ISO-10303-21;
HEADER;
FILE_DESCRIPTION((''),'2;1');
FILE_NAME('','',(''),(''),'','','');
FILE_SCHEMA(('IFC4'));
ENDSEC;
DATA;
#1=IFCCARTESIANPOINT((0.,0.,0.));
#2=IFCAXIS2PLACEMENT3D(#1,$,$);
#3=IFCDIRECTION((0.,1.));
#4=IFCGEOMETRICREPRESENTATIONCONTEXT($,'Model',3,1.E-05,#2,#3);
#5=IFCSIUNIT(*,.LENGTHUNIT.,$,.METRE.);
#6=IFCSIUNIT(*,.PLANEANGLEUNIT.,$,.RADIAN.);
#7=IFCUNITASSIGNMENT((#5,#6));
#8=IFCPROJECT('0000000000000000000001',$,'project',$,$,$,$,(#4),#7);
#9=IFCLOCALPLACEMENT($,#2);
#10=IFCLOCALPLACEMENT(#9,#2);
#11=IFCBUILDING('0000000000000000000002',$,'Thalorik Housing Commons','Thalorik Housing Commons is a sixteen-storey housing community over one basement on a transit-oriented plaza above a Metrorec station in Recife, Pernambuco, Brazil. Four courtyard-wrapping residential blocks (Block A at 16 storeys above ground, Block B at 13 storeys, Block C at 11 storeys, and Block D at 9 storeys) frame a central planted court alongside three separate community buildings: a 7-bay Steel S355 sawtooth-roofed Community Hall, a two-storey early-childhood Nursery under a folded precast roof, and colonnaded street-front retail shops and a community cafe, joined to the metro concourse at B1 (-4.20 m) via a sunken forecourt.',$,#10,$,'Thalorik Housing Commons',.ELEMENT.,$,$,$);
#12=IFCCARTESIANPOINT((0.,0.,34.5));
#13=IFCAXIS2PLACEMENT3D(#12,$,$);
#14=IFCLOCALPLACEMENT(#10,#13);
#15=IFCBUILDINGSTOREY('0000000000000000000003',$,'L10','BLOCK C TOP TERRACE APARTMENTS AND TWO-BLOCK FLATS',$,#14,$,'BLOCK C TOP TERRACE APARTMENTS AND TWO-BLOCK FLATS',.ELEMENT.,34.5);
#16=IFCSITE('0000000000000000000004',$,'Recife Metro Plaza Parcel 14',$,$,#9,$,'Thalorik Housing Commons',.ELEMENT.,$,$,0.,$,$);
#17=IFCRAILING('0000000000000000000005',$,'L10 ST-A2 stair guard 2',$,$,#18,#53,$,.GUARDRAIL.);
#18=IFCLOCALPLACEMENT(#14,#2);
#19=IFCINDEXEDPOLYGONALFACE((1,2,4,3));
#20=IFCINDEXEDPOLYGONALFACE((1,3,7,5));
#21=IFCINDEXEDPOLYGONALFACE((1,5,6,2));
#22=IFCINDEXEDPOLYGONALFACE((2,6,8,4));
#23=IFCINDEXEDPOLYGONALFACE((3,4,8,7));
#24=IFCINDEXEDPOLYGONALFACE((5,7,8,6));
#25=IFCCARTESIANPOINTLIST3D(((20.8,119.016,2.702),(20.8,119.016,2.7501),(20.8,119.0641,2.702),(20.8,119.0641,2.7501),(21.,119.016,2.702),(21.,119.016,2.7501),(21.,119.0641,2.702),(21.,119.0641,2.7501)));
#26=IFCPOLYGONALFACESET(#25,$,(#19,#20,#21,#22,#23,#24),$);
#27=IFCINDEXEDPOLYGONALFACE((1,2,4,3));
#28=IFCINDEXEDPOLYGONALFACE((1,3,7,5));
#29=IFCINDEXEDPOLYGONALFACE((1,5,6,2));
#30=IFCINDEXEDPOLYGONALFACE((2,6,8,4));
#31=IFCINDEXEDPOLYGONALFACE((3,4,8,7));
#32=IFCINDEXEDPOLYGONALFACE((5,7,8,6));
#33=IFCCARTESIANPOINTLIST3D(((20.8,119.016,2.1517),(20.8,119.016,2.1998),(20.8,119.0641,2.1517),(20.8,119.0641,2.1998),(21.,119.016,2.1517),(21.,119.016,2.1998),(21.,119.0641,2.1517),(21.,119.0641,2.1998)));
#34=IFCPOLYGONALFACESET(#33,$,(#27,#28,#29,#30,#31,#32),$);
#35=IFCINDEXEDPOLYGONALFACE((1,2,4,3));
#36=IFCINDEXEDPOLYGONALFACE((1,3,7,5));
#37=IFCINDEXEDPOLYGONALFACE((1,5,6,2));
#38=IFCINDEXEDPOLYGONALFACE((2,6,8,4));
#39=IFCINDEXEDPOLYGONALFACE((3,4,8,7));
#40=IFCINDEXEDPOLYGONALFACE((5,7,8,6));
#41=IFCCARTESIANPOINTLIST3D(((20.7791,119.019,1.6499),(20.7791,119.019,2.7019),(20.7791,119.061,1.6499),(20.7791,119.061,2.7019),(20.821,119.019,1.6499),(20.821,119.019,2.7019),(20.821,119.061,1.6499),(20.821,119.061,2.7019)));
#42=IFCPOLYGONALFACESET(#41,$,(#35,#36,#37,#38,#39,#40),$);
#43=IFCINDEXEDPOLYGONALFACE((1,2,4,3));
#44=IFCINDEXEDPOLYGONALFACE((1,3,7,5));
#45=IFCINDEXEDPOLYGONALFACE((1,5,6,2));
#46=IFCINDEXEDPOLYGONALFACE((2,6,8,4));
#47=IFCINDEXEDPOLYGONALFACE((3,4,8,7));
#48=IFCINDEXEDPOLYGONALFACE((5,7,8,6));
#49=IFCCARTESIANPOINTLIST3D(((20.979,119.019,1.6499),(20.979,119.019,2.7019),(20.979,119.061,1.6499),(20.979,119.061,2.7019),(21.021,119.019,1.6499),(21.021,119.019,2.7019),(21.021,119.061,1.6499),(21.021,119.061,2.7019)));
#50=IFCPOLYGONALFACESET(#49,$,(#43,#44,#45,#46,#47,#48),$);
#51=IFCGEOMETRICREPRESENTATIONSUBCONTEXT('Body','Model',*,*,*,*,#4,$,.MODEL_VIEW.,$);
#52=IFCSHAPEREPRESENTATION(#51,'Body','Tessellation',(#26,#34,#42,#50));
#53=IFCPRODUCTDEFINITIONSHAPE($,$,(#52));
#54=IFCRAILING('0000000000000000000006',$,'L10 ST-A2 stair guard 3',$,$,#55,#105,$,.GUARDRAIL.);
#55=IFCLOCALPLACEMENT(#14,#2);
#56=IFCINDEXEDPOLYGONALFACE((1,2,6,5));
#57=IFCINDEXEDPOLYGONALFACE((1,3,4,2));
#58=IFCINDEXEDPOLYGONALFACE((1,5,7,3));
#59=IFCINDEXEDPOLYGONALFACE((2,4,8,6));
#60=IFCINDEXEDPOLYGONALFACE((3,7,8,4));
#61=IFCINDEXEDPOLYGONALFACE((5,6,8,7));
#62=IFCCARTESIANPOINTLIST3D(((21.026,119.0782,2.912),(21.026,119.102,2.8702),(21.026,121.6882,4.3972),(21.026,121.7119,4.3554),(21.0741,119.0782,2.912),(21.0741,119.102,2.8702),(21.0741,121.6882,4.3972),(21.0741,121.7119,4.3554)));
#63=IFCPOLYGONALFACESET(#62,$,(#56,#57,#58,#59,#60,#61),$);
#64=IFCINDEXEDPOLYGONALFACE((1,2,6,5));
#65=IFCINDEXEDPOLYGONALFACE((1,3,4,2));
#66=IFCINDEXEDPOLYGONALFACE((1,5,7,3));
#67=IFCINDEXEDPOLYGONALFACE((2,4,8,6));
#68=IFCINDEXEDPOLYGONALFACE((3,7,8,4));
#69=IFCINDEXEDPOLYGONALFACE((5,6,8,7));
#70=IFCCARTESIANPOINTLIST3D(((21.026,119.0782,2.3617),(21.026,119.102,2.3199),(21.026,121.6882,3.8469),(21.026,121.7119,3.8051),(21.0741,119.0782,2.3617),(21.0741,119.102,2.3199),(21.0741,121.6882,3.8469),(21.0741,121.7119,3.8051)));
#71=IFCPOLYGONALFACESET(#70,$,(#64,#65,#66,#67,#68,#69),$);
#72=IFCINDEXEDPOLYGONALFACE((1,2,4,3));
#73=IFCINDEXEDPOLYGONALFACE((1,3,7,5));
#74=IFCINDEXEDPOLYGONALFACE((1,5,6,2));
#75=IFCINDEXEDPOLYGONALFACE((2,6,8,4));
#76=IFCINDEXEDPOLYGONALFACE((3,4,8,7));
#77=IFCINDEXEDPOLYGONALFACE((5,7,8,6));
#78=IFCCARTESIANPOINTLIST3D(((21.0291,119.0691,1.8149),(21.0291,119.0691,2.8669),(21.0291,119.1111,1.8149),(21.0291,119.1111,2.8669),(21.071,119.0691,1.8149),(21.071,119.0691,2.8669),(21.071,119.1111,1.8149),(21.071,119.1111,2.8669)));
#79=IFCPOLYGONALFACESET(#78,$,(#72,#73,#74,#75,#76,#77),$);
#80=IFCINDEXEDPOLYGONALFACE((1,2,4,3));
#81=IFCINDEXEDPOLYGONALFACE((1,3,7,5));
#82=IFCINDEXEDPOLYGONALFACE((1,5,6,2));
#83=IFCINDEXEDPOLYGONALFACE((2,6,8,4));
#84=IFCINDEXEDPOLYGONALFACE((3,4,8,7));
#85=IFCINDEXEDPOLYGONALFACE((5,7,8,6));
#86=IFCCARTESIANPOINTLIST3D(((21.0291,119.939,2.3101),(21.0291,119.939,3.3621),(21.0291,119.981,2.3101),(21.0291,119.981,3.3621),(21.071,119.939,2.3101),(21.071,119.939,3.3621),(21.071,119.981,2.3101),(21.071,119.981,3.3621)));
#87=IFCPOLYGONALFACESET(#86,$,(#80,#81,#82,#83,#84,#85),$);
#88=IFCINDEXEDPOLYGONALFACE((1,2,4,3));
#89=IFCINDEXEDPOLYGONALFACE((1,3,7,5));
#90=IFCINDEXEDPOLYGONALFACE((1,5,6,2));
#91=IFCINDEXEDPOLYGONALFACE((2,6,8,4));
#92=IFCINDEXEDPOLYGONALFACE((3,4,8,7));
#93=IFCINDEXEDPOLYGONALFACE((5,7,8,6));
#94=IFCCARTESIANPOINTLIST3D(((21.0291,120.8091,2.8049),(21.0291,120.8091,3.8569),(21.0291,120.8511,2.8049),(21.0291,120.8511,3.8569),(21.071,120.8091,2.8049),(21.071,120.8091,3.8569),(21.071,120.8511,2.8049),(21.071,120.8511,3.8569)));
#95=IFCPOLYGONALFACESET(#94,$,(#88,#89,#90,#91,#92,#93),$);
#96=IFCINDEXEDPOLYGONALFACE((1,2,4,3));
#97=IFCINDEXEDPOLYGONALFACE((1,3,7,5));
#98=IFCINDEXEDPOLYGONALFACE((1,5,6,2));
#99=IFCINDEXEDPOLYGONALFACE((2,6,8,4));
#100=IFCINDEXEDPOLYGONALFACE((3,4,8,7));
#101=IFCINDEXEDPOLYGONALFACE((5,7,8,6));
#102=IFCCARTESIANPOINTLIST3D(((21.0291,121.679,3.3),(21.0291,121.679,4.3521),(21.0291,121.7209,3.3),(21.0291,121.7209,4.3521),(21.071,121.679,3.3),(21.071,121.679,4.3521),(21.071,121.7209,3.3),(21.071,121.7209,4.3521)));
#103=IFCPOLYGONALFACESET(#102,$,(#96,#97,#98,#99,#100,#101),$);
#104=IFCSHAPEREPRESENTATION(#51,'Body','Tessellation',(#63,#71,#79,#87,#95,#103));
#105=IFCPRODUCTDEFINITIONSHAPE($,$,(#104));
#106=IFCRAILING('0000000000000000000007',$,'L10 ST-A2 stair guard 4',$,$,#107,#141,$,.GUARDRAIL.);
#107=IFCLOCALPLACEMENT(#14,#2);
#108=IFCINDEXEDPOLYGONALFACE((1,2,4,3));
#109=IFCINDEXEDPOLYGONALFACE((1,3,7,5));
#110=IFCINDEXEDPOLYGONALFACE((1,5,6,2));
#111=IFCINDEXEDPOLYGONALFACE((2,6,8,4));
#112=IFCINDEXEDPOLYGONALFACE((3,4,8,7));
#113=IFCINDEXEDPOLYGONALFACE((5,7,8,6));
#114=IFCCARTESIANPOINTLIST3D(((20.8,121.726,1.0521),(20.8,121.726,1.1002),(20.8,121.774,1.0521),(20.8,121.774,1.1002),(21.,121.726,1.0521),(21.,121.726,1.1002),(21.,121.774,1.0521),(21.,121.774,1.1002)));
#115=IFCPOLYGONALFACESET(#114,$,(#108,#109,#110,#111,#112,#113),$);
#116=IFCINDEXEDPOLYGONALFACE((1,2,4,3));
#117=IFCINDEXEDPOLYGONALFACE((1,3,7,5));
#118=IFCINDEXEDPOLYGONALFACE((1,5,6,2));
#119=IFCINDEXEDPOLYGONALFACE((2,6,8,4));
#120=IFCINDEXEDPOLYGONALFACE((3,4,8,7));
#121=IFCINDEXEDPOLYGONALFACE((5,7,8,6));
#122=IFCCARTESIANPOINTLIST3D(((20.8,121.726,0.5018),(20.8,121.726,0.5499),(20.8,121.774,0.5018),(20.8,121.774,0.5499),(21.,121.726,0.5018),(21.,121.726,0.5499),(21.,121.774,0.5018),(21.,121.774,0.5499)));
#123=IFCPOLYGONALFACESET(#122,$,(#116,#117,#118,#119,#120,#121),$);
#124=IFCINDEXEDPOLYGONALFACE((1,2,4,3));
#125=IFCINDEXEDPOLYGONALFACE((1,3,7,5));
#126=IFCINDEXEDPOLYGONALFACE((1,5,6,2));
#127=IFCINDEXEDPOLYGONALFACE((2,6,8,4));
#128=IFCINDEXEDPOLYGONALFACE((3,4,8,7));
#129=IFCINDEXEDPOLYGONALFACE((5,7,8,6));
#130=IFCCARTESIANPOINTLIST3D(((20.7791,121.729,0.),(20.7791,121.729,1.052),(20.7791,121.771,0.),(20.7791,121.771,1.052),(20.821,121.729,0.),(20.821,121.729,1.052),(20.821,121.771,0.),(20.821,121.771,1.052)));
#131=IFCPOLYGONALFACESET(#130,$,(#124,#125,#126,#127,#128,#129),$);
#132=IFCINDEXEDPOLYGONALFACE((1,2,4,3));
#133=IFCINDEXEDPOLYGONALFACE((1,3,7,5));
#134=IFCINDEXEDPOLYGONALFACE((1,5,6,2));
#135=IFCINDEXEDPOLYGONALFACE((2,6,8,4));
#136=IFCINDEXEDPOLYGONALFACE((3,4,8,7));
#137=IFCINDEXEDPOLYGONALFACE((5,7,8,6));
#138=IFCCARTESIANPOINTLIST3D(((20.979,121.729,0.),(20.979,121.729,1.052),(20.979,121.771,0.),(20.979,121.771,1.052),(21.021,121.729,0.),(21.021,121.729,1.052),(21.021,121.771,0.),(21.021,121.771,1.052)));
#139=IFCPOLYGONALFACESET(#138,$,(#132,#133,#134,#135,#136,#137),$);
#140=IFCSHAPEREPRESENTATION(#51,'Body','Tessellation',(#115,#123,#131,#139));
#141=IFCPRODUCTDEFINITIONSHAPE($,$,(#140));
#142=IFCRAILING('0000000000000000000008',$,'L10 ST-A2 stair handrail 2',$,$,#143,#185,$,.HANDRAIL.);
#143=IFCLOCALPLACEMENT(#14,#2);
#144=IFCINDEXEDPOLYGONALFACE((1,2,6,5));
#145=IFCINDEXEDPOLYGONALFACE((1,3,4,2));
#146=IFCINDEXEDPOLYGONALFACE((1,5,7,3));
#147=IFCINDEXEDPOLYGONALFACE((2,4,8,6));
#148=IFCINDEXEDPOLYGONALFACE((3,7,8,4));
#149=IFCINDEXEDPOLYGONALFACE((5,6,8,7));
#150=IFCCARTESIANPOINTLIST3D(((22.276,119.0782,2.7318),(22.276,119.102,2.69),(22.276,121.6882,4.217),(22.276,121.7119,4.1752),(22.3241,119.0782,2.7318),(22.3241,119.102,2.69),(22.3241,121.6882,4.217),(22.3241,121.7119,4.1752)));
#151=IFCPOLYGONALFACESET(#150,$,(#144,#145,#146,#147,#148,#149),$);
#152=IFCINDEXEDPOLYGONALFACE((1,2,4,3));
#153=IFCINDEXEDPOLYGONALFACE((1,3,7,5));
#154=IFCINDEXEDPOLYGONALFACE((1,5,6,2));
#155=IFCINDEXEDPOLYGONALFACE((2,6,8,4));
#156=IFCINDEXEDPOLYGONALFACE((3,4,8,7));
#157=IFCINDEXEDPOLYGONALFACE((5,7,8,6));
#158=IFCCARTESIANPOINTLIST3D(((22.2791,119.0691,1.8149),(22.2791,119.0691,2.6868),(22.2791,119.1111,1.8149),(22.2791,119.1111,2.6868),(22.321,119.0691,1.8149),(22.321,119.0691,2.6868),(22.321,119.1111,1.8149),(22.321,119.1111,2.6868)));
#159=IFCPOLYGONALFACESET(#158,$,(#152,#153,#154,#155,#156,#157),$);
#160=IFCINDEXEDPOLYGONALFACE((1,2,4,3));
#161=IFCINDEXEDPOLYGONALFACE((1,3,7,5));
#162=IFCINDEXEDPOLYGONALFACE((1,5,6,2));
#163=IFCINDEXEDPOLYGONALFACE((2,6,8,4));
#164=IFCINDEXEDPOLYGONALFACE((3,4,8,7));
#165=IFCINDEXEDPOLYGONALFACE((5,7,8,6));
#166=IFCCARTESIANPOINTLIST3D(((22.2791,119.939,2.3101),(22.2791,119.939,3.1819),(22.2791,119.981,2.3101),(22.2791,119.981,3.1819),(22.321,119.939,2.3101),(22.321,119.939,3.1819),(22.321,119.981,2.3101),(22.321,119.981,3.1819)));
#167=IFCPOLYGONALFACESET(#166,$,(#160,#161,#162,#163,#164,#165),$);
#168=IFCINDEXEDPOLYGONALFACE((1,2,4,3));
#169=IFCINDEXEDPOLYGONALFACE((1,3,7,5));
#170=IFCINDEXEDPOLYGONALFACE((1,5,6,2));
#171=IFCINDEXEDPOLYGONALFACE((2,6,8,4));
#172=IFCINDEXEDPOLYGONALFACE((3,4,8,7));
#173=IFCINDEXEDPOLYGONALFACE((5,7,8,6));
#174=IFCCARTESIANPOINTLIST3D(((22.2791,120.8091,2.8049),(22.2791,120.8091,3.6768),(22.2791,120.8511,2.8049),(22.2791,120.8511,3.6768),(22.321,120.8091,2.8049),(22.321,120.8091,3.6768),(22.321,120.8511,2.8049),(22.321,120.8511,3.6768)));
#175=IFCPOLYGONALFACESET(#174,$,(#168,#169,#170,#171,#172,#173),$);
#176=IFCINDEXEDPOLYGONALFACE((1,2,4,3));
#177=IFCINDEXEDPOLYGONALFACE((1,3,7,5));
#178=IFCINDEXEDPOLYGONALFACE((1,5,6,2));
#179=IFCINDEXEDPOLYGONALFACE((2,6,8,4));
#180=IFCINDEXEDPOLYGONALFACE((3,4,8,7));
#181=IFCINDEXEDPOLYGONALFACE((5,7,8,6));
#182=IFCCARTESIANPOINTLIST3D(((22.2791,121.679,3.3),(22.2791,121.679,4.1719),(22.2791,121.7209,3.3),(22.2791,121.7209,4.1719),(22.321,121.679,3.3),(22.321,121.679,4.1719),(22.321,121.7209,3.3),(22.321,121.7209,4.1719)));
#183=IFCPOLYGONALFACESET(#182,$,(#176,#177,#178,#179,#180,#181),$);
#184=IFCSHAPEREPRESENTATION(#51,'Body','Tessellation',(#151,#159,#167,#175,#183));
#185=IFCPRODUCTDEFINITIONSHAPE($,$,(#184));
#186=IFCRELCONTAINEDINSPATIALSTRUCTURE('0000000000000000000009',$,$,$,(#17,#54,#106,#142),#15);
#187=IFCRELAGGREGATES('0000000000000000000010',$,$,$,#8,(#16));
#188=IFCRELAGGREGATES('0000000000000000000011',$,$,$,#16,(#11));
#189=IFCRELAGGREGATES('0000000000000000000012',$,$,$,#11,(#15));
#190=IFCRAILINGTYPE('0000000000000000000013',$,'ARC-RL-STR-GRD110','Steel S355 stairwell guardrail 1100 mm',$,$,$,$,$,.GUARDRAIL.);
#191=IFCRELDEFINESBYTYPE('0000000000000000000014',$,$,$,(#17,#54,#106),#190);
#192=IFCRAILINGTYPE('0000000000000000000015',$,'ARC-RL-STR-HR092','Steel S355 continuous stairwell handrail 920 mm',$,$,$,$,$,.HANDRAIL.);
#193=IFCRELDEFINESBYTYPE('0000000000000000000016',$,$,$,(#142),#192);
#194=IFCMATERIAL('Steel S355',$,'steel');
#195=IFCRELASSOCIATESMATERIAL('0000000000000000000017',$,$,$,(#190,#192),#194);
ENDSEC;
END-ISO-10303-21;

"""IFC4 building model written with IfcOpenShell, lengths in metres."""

from ifc_helpers import new_model, si_unit, direction, frame, origin, origin_2d, place, context, subcontext, project, spatial, rectangle, extrude, material, type_object, element, save


model = new_model("IFC4")

# Units and contexts
model_context = context("Model", 3, precision=1e-05, world=origin(), true_north=direction((0.0, 1.0)))
body_context = subcontext(model_context, "Body", "Model", "MODEL_VIEW")
ifc_project = project(units=[si_unit("LENGTHUNIT", "METRE"), si_unit("PLANEANGLEUNIT", "RADIAN")], contexts=[model_context])

# Site, building, storey
site_placement = place(None, origin())
site = spatial("IfcSite", under=ifc_project, at=site_placement, Name="Recife Metro Plaza Parcel 14", LongName="Thalorik Housing Commons", CompositionType="ELEMENT", RefElevation=0.0)
building_placement = place(site_placement, origin())
building = spatial("IfcBuilding", under=site, at=building_placement, Name="Thalorik Housing Commons", Description="Thalorik Housing Commons is a sixteen-storey housing community over one basement on a transit-oriented plaza above a Metrorec station in Recife, Pernambuco, Brazil. Four courtyard-wrapping residential blocks (Block A at 16 storeys above ground, Block B at 13 storeys, Block C at 11 storeys, and Block D at 9 storeys) frame a central planted court alongside three separate community buildings: a 7-bay Steel S355 sawtooth-roofed Community Hall, a two-storey early-childhood Nursery under a folded precast roof, and colonnaded street-front retail shops and a community cafe, joined to the metro concourse at B1 (-4.20 m) via a sunken forecourt.", LongName="Thalorik Housing Commons", CompositionType="ELEMENT")
storey_placement = place(building_placement, frame((0.0, 0.0, 34.5)))
storey = spatial("IfcBuildingStorey", under=building, at=storey_placement, Name="L10", Description="BLOCK C TOP TERRACE APARTMENTS AND TWO-BLOCK FLATS", LongName="BLOCK C TOP TERRACE APARTMENTS AND TWO-BLOCK FLATS", CompositionType="ELEMENT", Elevation=34.5)

# Railings
ifc_material_1 = material(Name="Steel S355", Category="steel")
railing_type_1 = type_object("IfcRailingType", Name="ARC-RL-STR-GRD110", Description="Steel S355 stairwell guardrail 1100 mm", PredefinedType="GUARDRAIL", material=ifc_material_1)
railing_1_placement = place(storey_placement, frame((20.8, 119.04, 1.6499)))
element("IfcRailing", 1, at=railing_1_placement, inside=storey, type_object=railing_type_1, Name="L10 ST-A2 stair guard 2", PredefinedType="GUARDRAIL", context=body_context, shape_type="SweptSolid", body=[
    extrude(rectangle(XDim=0.0481, YDim=0.0481, at=origin_2d()), frame((0.0, 0.0, 1.0762), z_axis=(1.0, 0.0, 0.0), x_axis=(0.0, 1.0, 0.0)), (0.0, 0.0, 1.0), 0.2),
    extrude(rectangle(XDim=0.0481, YDim=0.0481, at=origin_2d()), frame((0.0, 0.0, 0.5259), z_axis=(1.0, 0.0, 0.0), x_axis=(0.0, 1.0, 0.0)), (0.0, 0.0, 1.0), 0.2),
    extrude(rectangle(XDim=0.042, YDim=0.042, at=origin_2d()), origin(), (0.0, 0.0, 1.0), 1.052),
    extrude(rectangle(XDim=0.042, YDim=0.042, at=origin_2d()), frame((0.2, 0.0, 0.0)), (0.0, 0.0, 1.0), 1.052),
])
railing_2_placement = place(storey_placement, frame((21.05, 119.0901, 1.8149)))
element("IfcRailing", 2, at=railing_2_placement, inside=storey, type_object=railing_type_1, Name="L10 ST-A2 stair guard 3", PredefinedType="GUARDRAIL", context=body_context, shape_type="SweptSolid", body=[
    extrude(rectangle(XDim=0.0481, YDim=0.0481, at=origin_2d()), frame((0.0, 0.0, 1.0762), z_axis=(0.0, 0.869137, 0.494571), x_axis=(-1.0, 0.0, 0.0)), (0.0, 0.0, 1.0), 3.0029),
    extrude(rectangle(XDim=0.0481, YDim=0.0481, at=origin_2d()), frame((0.0, 0.0, 0.5259), z_axis=(0.0, 0.869137, 0.494571), x_axis=(-1.0, 0.0, 0.0)), (0.0, 0.0, 1.0), 3.0029),
    extrude(rectangle(XDim=0.042, YDim=0.042, at=origin_2d()), origin(), (0.0, 0.0, 1.0), 1.052),
    extrude(rectangle(XDim=0.042, YDim=0.042, at=origin_2d()), frame((0.0, 0.8699, 0.4951)), (0.0, 0.0, 1.0), 1.052),
    extrude(rectangle(XDim=0.042, YDim=0.042, at=origin_2d()), frame((0.0, 1.74, 0.99)), (0.0, 0.0, 1.0), 1.052),
    extrude(rectangle(XDim=0.042, YDim=0.042, at=origin_2d()), frame((0.0, 2.6099, 1.4851)), (0.0, 0.0, 1.0), 1.052),
])
railing_3_placement = place(storey_placement, frame((20.8, 121.75, 0.0)))
element("IfcRailing", 3, at=railing_3_placement, inside=storey, type_object=railing_type_1, Name="L10 ST-A2 stair guard 4", PredefinedType="GUARDRAIL", context=body_context, shape_type="SweptSolid", body=[
    extrude(rectangle(XDim=0.0481, YDim=0.0481, at=origin_2d()), frame((0.0, 0.0, 1.0762), z_axis=(1.0, 0.0, 0.0), x_axis=(0.0, 1.0, 0.0)), (0.0, 0.0, 1.0), 0.2),
    extrude(rectangle(XDim=0.0481, YDim=0.0481, at=origin_2d()), frame((0.0, 0.0, 0.5259), z_axis=(1.0, 0.0, 0.0), x_axis=(0.0, 1.0, 0.0)), (0.0, 0.0, 1.0), 0.2),
    extrude(rectangle(XDim=0.042, YDim=0.042, at=origin_2d()), origin(), (0.0, 0.0, 1.0), 1.052),
    extrude(rectangle(XDim=0.042, YDim=0.042, at=origin_2d()), frame((0.2, 0.0, 0.0)), (0.0, 0.0, 1.0), 1.052),
])
railing_type_2 = type_object("IfcRailingType", Name="ARC-RL-STR-HR092", Description="Steel S355 continuous stairwell handrail 920 mm", PredefinedType="HANDRAIL", material=ifc_material_1)
railing_4_placement = place(storey_placement, frame((22.3, 119.0901, 1.8149)))
element("IfcRailing", 4, at=railing_4_placement, inside=storey, type_object=railing_type_2, Name="L10 ST-A2 stair handrail 2", PredefinedType="HANDRAIL", context=body_context, shape_type="SweptSolid", body=[
    extrude(rectangle(XDim=0.0481, YDim=0.0481, at=origin_2d()), frame((0.0, 0.0, 0.896), z_axis=(0.0, 0.869137, 0.494571), x_axis=(-1.0, 0.0, 0.0)), (0.0, 0.0, 1.0), 3.0029),
    extrude(rectangle(XDim=0.042, YDim=0.042, at=origin_2d()), origin(), (0.0, 0.0, 1.0), 0.8718),
    extrude(rectangle(XDim=0.042, YDim=0.042, at=origin_2d()), frame((0.0, 0.8699, 0.4951)), (0.0, 0.0, 1.0), 0.8718),
    extrude(rectangle(XDim=0.042, YDim=0.042, at=origin_2d()), frame((0.0, 1.74, 0.99)), (0.0, 0.0, 1.0), 0.8718),
    extrude(rectangle(XDim=0.042, YDim=0.042, at=origin_2d()), frame((0.0, 2.6099, 1.4851)), (0.0, 0.0, 1.0), 0.8718),
])

save(model, "model.ifc")
